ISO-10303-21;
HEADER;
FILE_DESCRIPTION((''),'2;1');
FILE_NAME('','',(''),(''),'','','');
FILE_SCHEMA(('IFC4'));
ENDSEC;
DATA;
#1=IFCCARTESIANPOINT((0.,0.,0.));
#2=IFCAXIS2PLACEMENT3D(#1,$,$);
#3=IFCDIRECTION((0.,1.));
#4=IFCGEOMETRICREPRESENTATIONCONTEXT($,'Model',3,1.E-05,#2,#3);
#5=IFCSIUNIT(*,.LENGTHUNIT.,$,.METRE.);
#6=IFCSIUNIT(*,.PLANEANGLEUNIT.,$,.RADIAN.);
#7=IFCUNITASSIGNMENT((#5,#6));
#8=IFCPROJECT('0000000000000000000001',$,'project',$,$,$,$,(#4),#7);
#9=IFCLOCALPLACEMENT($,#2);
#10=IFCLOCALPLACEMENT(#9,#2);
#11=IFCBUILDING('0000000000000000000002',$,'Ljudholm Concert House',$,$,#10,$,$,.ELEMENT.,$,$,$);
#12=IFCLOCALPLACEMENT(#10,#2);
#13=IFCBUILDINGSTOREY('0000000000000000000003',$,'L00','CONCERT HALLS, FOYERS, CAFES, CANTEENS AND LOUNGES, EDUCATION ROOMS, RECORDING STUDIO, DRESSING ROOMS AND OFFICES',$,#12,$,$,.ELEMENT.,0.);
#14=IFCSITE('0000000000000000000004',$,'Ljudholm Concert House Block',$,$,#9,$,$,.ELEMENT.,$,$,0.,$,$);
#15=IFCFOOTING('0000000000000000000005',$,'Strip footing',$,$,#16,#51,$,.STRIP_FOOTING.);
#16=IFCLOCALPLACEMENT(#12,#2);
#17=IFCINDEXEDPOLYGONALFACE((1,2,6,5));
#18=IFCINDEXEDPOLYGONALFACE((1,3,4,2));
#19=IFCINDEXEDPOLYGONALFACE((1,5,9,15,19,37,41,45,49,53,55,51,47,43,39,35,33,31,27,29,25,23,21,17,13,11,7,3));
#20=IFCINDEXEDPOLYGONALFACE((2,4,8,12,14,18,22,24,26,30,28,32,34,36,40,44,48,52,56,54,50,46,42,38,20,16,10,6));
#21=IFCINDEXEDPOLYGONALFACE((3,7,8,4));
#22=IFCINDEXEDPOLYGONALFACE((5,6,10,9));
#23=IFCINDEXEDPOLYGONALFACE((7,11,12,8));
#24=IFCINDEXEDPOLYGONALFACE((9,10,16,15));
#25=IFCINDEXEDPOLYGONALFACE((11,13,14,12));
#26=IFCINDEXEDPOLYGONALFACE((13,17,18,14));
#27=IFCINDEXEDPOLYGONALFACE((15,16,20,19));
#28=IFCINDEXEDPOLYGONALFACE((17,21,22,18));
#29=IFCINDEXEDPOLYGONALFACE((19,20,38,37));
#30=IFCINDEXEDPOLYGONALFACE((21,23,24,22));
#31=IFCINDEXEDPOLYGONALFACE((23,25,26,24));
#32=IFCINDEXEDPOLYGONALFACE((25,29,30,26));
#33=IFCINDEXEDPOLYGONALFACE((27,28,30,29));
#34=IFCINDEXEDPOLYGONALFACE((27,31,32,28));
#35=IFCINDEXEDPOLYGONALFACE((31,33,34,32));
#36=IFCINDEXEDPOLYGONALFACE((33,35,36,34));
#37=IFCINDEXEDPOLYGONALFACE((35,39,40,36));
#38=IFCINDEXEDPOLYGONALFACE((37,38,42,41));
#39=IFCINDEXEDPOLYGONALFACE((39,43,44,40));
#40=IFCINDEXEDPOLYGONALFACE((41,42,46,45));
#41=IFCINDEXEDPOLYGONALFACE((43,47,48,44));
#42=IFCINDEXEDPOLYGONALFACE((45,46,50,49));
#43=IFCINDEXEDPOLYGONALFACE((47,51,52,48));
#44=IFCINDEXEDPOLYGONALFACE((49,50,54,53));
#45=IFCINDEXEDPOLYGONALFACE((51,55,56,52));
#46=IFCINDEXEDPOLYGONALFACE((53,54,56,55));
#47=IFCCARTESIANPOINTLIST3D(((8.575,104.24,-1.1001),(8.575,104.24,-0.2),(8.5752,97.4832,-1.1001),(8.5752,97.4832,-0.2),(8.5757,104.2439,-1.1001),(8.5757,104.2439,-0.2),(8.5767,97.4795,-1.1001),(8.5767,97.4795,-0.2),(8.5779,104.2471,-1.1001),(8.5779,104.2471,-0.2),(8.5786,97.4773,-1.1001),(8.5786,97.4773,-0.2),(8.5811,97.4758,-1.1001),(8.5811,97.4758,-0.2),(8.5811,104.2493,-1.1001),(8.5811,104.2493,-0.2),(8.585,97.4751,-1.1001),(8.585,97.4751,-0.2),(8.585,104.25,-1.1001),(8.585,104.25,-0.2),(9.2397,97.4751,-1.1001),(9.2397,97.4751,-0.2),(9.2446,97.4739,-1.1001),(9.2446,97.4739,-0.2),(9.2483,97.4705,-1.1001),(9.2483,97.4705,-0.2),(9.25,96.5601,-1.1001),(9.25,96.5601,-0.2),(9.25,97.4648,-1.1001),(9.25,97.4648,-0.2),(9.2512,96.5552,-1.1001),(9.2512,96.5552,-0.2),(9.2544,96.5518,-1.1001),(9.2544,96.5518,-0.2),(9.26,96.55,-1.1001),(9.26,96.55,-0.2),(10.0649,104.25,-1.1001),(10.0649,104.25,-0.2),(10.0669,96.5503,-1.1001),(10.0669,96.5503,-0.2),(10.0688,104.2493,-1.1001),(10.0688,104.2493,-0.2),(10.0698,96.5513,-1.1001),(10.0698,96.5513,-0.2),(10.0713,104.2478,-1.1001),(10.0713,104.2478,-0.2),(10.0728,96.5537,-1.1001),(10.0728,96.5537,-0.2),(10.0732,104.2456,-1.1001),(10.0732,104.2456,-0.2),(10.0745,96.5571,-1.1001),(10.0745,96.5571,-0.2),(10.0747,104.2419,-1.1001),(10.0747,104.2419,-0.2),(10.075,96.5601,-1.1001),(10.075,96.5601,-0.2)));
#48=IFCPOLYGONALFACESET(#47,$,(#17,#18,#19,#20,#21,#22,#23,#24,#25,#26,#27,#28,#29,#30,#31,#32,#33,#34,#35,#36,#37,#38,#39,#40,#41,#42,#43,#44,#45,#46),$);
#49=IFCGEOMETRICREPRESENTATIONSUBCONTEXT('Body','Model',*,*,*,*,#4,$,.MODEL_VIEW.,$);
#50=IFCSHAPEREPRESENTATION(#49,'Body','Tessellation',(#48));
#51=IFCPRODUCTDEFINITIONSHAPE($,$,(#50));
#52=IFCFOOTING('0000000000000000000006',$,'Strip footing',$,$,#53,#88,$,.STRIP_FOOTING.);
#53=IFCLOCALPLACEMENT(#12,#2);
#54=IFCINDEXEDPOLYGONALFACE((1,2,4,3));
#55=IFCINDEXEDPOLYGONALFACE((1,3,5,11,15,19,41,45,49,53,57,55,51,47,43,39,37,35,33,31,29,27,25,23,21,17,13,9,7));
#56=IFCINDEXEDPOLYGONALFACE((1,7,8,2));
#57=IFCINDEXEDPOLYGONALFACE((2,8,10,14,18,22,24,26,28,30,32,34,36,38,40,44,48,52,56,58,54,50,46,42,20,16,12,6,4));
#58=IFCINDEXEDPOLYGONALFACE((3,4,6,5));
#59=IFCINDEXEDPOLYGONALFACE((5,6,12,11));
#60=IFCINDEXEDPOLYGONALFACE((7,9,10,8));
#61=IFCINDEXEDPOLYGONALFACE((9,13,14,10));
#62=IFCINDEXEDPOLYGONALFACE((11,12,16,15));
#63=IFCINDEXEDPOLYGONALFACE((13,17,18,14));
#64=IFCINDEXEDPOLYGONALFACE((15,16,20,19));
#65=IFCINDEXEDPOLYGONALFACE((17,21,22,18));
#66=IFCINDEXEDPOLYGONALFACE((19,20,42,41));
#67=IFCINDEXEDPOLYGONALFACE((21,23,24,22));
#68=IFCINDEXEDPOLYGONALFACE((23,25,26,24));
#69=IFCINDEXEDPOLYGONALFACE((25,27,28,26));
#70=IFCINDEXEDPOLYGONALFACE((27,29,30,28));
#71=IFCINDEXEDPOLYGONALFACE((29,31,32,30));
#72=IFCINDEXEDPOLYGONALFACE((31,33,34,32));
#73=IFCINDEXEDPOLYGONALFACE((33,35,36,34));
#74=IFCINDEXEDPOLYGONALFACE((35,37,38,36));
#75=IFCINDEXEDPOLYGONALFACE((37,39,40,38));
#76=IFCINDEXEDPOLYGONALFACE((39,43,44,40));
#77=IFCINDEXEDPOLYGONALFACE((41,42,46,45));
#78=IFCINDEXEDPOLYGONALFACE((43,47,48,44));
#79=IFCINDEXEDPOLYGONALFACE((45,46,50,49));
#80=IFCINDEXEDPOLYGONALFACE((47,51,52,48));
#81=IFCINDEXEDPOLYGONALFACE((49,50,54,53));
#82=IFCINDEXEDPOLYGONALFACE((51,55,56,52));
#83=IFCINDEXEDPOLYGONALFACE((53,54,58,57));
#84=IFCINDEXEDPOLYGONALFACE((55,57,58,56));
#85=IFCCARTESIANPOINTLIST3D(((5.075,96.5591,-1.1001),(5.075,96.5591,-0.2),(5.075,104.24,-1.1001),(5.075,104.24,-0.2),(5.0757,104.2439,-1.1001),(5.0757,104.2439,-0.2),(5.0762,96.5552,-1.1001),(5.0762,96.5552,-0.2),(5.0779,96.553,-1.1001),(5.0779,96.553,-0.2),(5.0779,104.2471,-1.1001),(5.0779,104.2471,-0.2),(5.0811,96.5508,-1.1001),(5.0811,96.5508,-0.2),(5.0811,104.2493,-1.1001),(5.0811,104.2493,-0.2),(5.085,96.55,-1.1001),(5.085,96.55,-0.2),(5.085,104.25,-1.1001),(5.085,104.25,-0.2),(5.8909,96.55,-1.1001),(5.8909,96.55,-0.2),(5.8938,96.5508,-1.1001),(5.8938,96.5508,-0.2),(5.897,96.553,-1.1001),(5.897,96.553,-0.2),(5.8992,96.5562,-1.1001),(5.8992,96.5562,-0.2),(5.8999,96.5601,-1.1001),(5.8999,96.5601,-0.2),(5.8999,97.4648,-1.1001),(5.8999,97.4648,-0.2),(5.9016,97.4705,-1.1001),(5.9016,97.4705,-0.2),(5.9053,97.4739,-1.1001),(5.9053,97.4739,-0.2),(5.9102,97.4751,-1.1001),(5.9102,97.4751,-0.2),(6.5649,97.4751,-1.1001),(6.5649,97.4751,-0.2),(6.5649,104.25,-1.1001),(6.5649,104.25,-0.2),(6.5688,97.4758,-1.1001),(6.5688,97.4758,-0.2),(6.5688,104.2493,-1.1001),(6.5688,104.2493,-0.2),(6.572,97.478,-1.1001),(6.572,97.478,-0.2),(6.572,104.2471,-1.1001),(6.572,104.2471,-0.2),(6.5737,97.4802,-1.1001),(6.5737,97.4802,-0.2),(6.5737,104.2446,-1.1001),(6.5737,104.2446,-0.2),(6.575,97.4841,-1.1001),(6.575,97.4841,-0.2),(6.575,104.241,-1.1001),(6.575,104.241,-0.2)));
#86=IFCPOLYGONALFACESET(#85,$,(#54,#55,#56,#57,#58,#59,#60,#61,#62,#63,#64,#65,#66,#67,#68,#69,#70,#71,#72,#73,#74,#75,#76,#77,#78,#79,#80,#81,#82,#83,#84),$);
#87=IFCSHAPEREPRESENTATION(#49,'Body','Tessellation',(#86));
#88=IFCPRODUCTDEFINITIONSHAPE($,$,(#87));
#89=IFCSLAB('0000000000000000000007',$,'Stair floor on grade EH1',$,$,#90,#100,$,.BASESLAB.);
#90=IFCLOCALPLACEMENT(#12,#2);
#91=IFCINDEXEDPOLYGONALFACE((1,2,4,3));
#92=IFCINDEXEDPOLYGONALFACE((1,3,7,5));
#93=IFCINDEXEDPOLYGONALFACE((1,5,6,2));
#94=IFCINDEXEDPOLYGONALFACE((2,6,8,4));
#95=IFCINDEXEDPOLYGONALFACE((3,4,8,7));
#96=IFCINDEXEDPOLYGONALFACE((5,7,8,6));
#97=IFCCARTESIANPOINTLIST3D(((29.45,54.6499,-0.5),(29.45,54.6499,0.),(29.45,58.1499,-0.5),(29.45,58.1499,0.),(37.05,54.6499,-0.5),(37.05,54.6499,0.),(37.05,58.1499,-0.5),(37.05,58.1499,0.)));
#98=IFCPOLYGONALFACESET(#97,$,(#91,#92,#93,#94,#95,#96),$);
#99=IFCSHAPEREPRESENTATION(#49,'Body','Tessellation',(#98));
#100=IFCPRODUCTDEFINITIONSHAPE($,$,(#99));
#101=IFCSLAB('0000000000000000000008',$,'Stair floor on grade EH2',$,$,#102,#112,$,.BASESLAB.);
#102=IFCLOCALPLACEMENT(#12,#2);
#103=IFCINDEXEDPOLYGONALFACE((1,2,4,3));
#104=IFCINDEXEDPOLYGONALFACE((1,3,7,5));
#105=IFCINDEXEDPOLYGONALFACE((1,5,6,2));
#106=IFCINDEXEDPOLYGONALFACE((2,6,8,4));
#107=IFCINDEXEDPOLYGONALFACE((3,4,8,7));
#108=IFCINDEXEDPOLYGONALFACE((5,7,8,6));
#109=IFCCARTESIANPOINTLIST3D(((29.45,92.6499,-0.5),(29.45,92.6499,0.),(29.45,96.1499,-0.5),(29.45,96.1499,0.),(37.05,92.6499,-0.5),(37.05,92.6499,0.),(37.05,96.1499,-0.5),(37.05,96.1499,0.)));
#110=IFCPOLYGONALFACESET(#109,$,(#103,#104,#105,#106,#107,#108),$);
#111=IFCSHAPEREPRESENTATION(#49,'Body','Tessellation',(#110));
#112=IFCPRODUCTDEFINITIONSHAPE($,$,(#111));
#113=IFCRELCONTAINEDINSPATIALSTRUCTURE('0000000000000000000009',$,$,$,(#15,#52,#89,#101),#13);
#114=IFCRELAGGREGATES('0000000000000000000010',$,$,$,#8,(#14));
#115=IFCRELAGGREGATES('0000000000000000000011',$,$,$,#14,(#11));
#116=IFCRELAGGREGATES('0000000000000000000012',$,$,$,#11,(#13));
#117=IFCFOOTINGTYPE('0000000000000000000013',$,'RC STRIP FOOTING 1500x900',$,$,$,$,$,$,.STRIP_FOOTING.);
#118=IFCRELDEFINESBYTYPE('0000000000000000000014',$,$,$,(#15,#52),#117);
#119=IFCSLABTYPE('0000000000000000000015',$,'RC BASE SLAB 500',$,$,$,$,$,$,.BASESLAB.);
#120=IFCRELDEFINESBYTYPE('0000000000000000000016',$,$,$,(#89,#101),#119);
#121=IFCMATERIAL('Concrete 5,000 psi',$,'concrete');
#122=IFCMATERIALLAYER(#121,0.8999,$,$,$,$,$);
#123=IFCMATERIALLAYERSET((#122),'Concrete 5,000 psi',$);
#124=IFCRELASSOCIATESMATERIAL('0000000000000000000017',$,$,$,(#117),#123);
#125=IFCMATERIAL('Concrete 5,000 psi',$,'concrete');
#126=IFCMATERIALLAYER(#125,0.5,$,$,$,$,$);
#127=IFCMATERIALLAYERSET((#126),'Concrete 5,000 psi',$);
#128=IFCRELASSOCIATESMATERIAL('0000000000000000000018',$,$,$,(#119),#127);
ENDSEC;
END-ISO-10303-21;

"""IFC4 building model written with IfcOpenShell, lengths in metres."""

from ifc_helpers import new_model, si_unit, direction, frame, origin, place, context, subcontext, project, spatial, polyline, outline, extrude, material, layer, layer_set, type_object, element, save


model = new_model("IFC4")

# Units and contexts
model_context = context("Model", 3, precision=1e-05, world=origin(), true_north=direction((0.0, 1.0)))
body_context = subcontext(model_context, "Body", "Model", "MODEL_VIEW")
ifc_project = project(units=[si_unit("LENGTHUNIT", "METRE"), si_unit("PLANEANGLEUNIT", "RADIAN")], contexts=[model_context])

# Site, building, storey
site_placement = place(None, origin())
site = spatial("IfcSite", under=ifc_project, at=site_placement, Name="Ljudholm Concert House Block", CompositionType="ELEMENT", RefElevation=0.0)
building_placement = place(site_placement, origin())
building = spatial("IfcBuilding", under=site, at=building_placement, Name="Ljudholm Concert House", CompositionType="ELEMENT")
storey_placement = place(building_placement, origin())
storey = spatial("IfcBuildingStorey", under=building, at=storey_placement, Name="L00", Description="CONCERT HALLS, FOYERS, CAFES, CANTEENS AND LOUNGES, EDUCATION ROOMS, RECORDING STUDIO, DRESSING ROOMS AND OFFICES", CompositionType="ELEMENT", Elevation=0.0)

# Footings
ifc_material_1 = material(Name="Concrete 5,000 psi", Category="concrete")
ifc_layer_1 = layer(ifc_material_1, 0.8999)
ifc_layer_set_1 = layer_set([ifc_layer_1], Name="Concrete 5,000 psi")
footing_type_1 = type_object("IfcFootingType", Name="RC STRIP FOOTING 1500x900", PredefinedType="STRIP_FOOTING", material=ifc_layer_set_1)
footing_1_placement = place(storey_placement, frame((0.0, 0.0, -1.1001)))
element("IfcFooting", 1, at=footing_1_placement, inside=storey, type_object=footing_type_1, Name="Strip footing", PredefinedType="STRIP_FOOTING", context=body_context, shape_type="SweptSolid", body=[
    extrude(outline(polyline([(8.575, 104.24), (8.5752, 97.4832), (8.5767, 97.4795), (8.5786, 97.4773), (8.5811, 97.4758), (8.585, 97.4751), (9.2397, 97.4751), (9.2446, 97.4739), (9.2483, 97.4705), (9.25, 97.4648), (9.25, 96.5601), (9.2512, 96.5552), (9.2544, 96.5518), (9.26, 96.55), (10.0669, 96.5503), (10.0698, 96.5513), (10.0728, 96.5537), (10.0745, 96.5571), (10.075, 96.5601), (10.0747, 104.2419), (10.0732, 104.2456), (10.0713, 104.2478), (10.0688, 104.2493), (10.0649, 104.25), (8.585, 104.25), (8.5811, 104.2493), (8.5779, 104.2471), (8.5757, 104.2439), (8.575, 104.24)])), origin(), (0.0, 0.0, 1.0), 0.9001),
])
footing_2_placement = place(storey_placement, frame((0.0, 0.0, -1.1001)))
element("IfcFooting", 2, at=footing_2_placement, inside=storey, type_object=footing_type_1, Name="Strip footing", PredefinedType="STRIP_FOOTING", context=body_context, shape_type="SweptSolid", body=[
    extrude(outline(polyline([(5.075, 104.24), (5.075, 96.5591), (5.0762, 96.5552), (5.0779, 96.553), (5.0811, 96.5508), (5.085, 96.55), (5.8909, 96.55), (5.8938, 96.5508), (5.897, 96.553), (5.8992, 96.5562), (5.8999, 96.5601), (5.8999, 97.4648), (5.9016, 97.4705), (5.9053, 97.4739), (5.9102, 97.4751), (6.5649, 97.4751), (6.5688, 97.4758), (6.572, 97.478), (6.5737, 97.4802), (6.575, 97.4841), (6.575, 104.241), (6.5737, 104.2446), (6.572, 104.2471), (6.5688, 104.2493), (6.5649, 104.25), (5.085, 104.25), (5.0811, 104.2493), (5.0779, 104.2471), (5.0757, 104.2439), (5.075, 104.24)])), origin(), (0.0, 0.0, 1.0), 0.9001),
])

# Slabs
ifc_material_2 = material(Name="Concrete 5,000 psi", Category="concrete")
ifc_layer_2 = layer(ifc_material_2, 0.5)
ifc_layer_set_2 = layer_set([ifc_layer_2], Name="Concrete 5,000 psi")
slab_type = type_object("IfcSlabType", Name="RC BASE SLAB 500", PredefinedType="BASESLAB", material=ifc_layer_set_2)
slab_1_placement = place(storey_placement, frame((0.0, 0.0, -0.5)))
element("IfcSlab", 3, at=slab_1_placement, inside=storey, type_object=slab_type, Name="Stair floor on grade EH1", PredefinedType="BASESLAB", context=body_context, shape_type="SweptSolid", body=[
    extrude(outline(polyline([(29.45, 54.6499), (37.05, 54.6499), (37.05, 58.1499), (29.45, 58.1499), (29.45, 54.6499)])), origin(), (0.0, 0.0, 1.0), 0.5),
])
slab_2_placement = place(storey_placement, frame((0.0, 0.0, -0.5)))
element("IfcSlab", 4, at=slab_2_placement, inside=storey, type_object=slab_type, Name="Stair floor on grade EH2", PredefinedType="BASESLAB", context=body_context, shape_type="SweptSolid", body=[
    extrude(outline(polyline([(29.45, 92.6499), (37.05, 92.6499), (37.05, 96.1499), (29.45, 96.1499), (29.45, 92.6499)])), origin(), (0.0, 0.0, 1.0), 0.5),
])

save(model, "model.ifc")
